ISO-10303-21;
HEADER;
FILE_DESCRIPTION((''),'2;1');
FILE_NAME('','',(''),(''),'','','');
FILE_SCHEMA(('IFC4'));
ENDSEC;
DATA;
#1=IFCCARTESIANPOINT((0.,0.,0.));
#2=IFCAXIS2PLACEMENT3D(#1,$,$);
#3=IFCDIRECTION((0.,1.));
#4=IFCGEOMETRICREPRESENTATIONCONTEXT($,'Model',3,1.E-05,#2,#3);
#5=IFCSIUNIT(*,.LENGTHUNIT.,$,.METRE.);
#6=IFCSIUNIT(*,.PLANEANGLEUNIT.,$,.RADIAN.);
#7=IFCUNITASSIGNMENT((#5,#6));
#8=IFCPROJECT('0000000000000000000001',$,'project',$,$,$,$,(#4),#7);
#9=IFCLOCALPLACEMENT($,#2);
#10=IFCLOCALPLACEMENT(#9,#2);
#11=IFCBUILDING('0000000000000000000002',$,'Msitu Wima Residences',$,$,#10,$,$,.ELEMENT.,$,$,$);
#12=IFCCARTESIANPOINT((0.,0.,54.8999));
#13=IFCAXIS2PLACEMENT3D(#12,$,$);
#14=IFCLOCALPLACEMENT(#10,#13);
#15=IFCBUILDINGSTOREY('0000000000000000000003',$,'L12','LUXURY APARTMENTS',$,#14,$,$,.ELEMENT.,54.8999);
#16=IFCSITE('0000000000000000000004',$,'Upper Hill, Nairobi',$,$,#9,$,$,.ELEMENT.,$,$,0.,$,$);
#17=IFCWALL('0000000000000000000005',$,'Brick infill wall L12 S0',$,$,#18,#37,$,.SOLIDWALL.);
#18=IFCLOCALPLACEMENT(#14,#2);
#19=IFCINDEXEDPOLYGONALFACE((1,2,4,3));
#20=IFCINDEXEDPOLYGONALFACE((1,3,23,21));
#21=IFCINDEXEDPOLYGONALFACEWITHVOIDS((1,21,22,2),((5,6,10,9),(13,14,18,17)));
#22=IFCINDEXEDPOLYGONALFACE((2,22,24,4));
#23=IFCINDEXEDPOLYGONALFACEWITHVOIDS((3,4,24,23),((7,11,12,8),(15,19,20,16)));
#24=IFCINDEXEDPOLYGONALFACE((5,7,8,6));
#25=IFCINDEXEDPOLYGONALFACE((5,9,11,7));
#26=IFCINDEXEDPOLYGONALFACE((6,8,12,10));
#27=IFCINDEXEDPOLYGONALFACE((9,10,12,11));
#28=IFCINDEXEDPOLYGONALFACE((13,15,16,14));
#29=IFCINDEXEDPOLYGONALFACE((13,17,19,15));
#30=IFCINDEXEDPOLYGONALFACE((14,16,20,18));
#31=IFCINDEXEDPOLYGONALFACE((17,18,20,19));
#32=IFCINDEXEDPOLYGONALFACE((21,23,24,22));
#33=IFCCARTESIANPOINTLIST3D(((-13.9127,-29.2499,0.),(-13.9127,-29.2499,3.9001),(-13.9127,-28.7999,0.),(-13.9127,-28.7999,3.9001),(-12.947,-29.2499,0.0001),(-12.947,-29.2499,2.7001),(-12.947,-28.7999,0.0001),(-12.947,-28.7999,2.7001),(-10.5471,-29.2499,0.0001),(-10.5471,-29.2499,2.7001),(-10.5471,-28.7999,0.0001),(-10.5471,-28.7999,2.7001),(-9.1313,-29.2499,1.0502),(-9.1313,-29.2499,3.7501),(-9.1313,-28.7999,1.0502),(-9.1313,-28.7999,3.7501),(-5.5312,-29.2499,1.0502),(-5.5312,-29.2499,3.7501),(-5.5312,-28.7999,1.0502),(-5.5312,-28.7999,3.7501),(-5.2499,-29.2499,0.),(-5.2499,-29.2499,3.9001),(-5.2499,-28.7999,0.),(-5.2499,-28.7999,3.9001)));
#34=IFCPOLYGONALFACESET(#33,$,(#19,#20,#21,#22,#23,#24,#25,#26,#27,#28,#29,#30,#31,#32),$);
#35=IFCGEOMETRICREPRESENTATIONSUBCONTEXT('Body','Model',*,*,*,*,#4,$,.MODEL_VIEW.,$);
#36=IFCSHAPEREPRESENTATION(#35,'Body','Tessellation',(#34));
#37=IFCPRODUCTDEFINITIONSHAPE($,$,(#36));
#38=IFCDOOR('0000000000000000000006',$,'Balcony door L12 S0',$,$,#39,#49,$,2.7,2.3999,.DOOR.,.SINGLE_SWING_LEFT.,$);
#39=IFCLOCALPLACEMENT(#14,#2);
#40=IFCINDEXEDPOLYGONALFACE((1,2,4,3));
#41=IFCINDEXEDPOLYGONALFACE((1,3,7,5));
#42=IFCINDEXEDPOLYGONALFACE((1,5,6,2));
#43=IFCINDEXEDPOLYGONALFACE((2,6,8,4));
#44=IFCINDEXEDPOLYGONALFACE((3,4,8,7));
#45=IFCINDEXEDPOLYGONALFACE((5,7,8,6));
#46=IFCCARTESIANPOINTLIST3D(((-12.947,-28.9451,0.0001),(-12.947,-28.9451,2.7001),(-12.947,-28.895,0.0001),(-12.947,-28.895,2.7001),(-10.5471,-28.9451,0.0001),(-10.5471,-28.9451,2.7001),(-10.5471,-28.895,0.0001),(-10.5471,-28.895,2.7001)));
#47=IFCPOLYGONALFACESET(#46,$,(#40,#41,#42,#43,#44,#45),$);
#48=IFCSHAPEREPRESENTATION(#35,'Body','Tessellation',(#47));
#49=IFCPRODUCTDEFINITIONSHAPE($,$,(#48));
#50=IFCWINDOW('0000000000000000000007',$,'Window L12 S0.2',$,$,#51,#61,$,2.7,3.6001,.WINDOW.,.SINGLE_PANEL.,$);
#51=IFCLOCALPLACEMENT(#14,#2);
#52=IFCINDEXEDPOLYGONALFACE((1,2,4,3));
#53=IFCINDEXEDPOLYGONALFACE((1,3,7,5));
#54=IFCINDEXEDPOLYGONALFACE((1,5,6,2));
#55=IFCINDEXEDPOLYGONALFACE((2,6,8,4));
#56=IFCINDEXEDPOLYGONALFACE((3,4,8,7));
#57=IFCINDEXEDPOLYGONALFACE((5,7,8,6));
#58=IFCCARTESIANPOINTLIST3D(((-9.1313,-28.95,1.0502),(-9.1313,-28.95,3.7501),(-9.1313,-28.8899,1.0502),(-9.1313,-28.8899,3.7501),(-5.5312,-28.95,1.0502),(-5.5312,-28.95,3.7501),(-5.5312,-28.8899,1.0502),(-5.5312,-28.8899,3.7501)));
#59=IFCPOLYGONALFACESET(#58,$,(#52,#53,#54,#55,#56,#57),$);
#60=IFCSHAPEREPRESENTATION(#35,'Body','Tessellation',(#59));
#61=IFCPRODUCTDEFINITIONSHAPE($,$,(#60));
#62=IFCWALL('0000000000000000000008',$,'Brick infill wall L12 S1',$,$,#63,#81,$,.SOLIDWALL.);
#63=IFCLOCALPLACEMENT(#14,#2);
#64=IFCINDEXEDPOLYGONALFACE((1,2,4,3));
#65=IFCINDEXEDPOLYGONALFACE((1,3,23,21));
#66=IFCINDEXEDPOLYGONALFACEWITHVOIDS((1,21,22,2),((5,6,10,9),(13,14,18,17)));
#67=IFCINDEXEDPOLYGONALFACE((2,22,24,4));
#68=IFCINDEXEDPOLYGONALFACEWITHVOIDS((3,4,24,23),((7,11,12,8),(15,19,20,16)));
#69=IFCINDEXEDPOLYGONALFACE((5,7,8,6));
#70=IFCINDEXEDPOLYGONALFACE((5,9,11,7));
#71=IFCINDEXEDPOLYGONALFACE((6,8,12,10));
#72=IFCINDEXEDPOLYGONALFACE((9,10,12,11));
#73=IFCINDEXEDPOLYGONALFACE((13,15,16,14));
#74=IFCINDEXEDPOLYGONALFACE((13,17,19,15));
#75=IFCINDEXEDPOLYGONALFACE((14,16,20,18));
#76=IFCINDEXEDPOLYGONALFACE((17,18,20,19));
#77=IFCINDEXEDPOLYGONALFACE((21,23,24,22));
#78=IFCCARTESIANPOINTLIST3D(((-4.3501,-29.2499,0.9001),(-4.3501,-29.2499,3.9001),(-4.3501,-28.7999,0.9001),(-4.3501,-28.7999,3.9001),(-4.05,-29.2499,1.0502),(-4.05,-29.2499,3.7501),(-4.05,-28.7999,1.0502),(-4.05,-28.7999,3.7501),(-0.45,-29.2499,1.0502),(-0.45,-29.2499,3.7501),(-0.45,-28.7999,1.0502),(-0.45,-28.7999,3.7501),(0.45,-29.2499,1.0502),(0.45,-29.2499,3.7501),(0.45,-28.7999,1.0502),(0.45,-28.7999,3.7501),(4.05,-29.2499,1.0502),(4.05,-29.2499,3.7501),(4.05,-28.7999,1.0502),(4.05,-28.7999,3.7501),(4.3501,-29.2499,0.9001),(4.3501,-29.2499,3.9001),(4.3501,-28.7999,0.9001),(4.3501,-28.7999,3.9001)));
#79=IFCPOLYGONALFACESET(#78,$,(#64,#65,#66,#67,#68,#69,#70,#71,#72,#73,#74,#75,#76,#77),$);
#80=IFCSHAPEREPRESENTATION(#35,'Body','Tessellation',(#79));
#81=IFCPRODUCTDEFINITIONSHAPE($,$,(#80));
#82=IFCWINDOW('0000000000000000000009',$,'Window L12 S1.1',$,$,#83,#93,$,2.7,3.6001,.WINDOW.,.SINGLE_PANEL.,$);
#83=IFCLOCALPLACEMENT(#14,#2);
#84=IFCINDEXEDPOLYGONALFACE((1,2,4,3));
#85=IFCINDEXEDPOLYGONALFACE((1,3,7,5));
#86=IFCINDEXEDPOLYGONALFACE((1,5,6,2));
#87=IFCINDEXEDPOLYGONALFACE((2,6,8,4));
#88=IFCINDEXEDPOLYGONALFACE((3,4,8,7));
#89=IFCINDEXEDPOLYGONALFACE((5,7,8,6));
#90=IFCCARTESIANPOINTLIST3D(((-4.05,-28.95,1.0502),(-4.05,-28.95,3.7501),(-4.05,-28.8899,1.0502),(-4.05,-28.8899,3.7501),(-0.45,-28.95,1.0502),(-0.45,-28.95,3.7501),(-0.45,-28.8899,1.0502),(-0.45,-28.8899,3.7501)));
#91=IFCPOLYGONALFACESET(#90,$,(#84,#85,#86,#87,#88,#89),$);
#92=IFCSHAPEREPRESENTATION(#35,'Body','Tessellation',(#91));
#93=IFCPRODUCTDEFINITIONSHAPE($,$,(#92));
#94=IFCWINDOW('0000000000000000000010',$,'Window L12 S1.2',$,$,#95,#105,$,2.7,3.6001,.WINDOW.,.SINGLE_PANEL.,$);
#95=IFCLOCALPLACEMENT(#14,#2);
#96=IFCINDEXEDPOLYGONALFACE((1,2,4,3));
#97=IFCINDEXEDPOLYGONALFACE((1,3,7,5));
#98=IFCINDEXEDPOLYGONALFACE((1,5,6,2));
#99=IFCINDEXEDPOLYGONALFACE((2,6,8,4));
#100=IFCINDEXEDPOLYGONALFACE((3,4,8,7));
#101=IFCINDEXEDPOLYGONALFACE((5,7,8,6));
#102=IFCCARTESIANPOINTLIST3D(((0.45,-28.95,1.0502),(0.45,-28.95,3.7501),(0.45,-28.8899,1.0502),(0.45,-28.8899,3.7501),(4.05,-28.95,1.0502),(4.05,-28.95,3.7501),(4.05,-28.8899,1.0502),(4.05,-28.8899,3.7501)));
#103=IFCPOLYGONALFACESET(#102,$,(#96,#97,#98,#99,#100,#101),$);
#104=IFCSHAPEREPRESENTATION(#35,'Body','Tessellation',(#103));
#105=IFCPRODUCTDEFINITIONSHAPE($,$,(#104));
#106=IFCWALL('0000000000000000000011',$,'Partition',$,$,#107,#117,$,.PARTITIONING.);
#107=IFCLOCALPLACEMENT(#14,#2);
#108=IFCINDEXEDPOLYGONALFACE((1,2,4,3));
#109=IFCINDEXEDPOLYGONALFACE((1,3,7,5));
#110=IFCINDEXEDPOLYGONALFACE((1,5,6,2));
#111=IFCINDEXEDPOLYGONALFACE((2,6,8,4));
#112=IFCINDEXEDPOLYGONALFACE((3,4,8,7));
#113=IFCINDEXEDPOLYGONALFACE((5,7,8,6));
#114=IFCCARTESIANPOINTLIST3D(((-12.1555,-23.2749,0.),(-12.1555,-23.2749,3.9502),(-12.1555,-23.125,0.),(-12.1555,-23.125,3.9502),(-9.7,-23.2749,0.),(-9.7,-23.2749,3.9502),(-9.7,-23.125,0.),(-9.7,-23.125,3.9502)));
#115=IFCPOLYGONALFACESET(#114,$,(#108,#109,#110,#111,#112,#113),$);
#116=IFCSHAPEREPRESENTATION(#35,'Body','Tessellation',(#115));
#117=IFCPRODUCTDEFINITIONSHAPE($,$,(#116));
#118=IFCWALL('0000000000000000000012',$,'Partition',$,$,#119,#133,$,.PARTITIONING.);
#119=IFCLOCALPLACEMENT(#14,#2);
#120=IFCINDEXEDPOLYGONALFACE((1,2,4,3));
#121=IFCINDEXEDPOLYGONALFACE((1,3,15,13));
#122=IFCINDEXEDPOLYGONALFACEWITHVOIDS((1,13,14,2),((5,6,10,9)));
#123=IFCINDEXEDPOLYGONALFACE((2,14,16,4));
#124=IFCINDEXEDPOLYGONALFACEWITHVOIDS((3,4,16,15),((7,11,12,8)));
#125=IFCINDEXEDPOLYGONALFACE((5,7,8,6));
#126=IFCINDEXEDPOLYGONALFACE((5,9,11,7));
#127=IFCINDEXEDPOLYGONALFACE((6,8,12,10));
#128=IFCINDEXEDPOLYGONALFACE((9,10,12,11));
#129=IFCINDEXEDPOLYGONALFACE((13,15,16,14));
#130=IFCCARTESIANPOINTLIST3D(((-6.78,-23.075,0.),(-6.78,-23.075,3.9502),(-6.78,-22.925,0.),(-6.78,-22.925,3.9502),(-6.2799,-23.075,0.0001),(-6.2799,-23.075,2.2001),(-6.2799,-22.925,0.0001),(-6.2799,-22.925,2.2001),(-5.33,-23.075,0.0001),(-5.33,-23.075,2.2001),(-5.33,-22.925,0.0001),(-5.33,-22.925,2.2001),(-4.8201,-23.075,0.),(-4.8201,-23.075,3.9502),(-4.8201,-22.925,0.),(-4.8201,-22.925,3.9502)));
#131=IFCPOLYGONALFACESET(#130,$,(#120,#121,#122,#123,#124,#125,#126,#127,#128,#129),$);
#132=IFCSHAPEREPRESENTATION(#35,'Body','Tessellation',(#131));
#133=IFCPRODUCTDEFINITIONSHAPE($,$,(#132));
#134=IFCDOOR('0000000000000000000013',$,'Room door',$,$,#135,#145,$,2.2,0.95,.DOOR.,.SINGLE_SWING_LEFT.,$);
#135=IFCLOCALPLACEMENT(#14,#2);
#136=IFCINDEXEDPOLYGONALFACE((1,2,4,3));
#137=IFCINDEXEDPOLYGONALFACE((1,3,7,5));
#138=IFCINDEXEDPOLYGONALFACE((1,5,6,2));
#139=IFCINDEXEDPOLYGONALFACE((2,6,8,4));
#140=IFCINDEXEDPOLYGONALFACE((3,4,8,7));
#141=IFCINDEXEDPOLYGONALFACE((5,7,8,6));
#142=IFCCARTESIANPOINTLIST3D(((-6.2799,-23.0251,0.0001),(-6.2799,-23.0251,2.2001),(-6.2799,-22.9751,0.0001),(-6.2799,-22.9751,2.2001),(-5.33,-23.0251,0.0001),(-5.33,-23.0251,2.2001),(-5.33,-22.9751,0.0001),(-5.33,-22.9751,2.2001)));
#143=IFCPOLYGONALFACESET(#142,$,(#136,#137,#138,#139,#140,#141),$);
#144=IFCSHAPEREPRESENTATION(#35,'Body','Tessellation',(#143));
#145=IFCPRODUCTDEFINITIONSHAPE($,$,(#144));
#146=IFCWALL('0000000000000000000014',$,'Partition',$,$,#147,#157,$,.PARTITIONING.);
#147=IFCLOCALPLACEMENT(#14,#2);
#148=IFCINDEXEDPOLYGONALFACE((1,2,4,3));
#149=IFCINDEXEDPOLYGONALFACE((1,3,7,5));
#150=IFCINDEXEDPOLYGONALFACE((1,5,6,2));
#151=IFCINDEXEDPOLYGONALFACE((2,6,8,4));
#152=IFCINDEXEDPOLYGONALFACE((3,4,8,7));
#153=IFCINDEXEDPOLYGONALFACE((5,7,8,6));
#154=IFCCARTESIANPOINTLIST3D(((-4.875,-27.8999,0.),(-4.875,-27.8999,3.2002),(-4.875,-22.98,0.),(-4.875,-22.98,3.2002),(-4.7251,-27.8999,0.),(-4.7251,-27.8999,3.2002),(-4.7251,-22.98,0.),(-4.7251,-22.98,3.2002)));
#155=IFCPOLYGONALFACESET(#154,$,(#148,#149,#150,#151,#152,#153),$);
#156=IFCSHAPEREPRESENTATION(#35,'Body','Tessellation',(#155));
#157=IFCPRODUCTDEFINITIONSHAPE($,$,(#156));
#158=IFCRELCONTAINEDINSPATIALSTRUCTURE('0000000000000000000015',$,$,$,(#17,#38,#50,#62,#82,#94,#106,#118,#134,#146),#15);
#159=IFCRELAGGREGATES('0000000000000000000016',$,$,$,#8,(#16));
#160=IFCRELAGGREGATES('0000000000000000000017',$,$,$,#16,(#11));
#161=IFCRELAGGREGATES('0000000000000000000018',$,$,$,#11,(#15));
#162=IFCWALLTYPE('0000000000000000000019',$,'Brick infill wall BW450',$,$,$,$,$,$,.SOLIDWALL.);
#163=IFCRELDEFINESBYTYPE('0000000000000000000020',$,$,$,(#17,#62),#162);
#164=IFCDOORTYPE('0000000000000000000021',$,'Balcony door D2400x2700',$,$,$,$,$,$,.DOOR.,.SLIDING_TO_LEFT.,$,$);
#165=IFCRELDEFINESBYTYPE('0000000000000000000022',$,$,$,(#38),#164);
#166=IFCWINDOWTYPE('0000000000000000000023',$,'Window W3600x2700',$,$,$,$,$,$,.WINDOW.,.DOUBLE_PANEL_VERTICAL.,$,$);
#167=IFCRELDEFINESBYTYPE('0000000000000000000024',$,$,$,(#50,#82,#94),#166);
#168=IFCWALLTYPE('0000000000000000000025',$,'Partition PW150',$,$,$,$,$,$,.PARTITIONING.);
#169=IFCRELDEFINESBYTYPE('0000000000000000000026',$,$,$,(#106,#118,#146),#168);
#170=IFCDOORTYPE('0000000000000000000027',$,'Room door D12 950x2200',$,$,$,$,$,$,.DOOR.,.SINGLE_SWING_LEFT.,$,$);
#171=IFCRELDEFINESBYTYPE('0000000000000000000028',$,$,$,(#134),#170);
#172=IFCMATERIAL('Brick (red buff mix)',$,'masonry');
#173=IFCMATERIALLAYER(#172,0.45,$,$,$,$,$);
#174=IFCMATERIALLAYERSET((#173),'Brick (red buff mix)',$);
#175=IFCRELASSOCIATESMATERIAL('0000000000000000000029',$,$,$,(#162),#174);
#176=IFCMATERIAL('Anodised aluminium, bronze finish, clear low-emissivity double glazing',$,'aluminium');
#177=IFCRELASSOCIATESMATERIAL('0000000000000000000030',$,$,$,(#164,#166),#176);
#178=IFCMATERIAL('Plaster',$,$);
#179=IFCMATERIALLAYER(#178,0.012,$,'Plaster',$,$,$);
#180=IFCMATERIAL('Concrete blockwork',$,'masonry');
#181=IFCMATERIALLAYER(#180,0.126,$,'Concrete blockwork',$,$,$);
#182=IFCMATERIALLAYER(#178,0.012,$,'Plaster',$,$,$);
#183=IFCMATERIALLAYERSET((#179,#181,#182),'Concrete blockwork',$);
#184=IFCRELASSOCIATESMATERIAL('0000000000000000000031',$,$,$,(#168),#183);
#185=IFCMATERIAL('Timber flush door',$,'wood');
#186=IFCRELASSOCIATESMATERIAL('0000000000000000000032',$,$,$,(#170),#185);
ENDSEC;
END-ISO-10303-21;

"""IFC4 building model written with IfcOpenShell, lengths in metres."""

from ifc_helpers import new_model, si_unit, direction, frame, frame_2d, origin, place, context, subcontext, project, spatial, rectangle, extrude, material, layer, layer_set, type_object, element, fill, save


model = new_model("IFC4")

# Units and contexts
model_context = context("Model", 3, precision=1e-05, world=origin(), true_north=direction((0.0, 1.0)))
body_context = subcontext(model_context, "Body", "Model", "MODEL_VIEW")
ifc_project = project(units=[si_unit("LENGTHUNIT", "METRE"), si_unit("PLANEANGLEUNIT", "RADIAN")], contexts=[model_context])

# Site, building, storey
site_placement = place(None, origin())
site = spatial("IfcSite", under=ifc_project, at=site_placement, Name="Upper Hill, Nairobi", CompositionType="ELEMENT", RefElevation=0.0)
building_placement = place(site_placement, origin())
building = spatial("IfcBuilding", under=site, at=building_placement, Name="Msitu Wima Residences", CompositionType="ELEMENT")
storey_placement = place(building_placement, frame((0.0, 0.0, 54.8999)))
storey = spatial("IfcBuildingStorey", under=building, at=storey_placement, Name="L12", Description="LUXURY APARTMENTS", CompositionType="ELEMENT", Elevation=54.8999)

# Wall, openings, door, window
ifc_material_1 = material(Name="Brick (red buff mix)", Category="masonry")
ifc_layer_1 = layer(ifc_material_1, 0.45)
ifc_layer_set_1 = layer_set([ifc_layer_1], Name="Brick (red buff mix)")
wall_type_1 = type_object("IfcWallType", Name="Brick infill wall BW450", PredefinedType="SOLIDWALL", material=ifc_layer_set_1)
wall_1_placement = place(storey_placement, frame((-13.9128, -29.0249, 0.0), z_axis=(0.0, 0.0, 1.0), x_axis=(1.0, 0.0, 0.0)))
wall_1 = element("IfcWall", 1, at=wall_1_placement, inside=storey, type_object=wall_type_1, Name="Brick infill wall L12 S0", PredefinedType="SOLIDWALL", context=body_context, shape_type="SweptSolid", body=[
    extrude(rectangle(XDim=8.6628, YDim=0.45, at=frame_2d((4.3315, 0.0))), origin(), (0.0, 0.0, 1.0), 3.9001),
])
opening_1_placement = place(wall_1_placement, frame((0.9658, 0.0, 0.0)))
opening_1 = element("IfcOpeningElement", 2, at=opening_1_placement, cuts=wall_1, PredefinedType="OPENING", context=body_context, shape_type="SweptSolid", body=[
    extrude(rectangle(XDim=2.3999, YDim=2.7, at=frame_2d((1.2, 1.3501))), frame((0.0, 0.2349, 0.0), z_axis=(0.0, -1.0, 0.0), x_axis=(1.0, 0.0, 0.0)), (0.0, 0.0, 1.0), 0.47),
])
opening_2_placement = place(wall_1_placement, frame((4.7815, 0.0, 1.05)))
opening_2 = element("IfcOpeningElement", 3, at=opening_2_placement, cuts=wall_1, PredefinedType="OPENING", context=body_context, shape_type="SweptSolid", body=[
    extrude(rectangle(XDim=3.6001, YDim=2.7, at=frame_2d((1.8, 1.3501))), frame((0.0, 0.2349, 0.0), z_axis=(0.0, -1.0, 0.0), x_axis=(1.0, 0.0, 0.0)), (0.0, 0.0, 1.0), 0.47),
])
ifc_material_2 = material(Name="Anodised aluminium, bronze finish, clear low-emissivity double glazing", Category="aluminium")
door_type_1 = type_object("IfcDoorType", Name="Balcony door D2400x2700", OperationType="SLIDING_TO_LEFT", PredefinedType="DOOR", material=ifc_material_2)
door_1_placement = place(opening_1_placement, origin())
door_1 = element("IfcDoor", 4, at=door_1_placement, inside=storey, type_object=door_type_1, Name="Balcony door L12 S0", OperationType="SINGLE_SWING_LEFT", OverallHeight=2.7, OverallWidth=2.3999, PredefinedType="DOOR", context=body_context, shape_type="SweptSolid", body=[
    extrude(rectangle(XDim=2.3999, YDim=2.7, at=frame_2d((1.2, 1.3501))), frame((0.0, 0.1299, 0.0), z_axis=(0.0, -1.0, 0.0), x_axis=(1.0, 0.0, 0.0)), (0.0, 0.0, 1.0), 0.05),
])
fill(opening_1, door_1)
window_type = type_object("IfcWindowType", Name="Window W3600x2700", PartitioningType="DOUBLE_PANEL_VERTICAL", PredefinedType="WINDOW", material=ifc_material_2)
window_1_placement = place(opening_2_placement, origin())
window_1 = element("IfcWindow", 5, at=window_1_placement, inside=storey, type_object=window_type, Name="Window L12 S0.2", OverallHeight=2.7, OverallWidth=3.6001, PartitioningType="SINGLE_PANEL", PredefinedType="WINDOW", context=body_context, shape_type="SweptSolid", body=[
    extrude(rectangle(XDim=3.6001, YDim=2.7, at=frame_2d((1.8, 1.3501))), frame((0.0, 0.135, 0.0), z_axis=(0.0, -1.0, 0.0), x_axis=(1.0, 0.0, 0.0)), (0.0, 0.0, 1.0), 0.0601),
])
fill(opening_2, window_1)

# Wall, openings, windows
wall_2_placement = place(storey_placement, frame((-4.3501, -29.0249, 0.9001), z_axis=(0.0, 0.0, 1.0), x_axis=(1.0, 0.0, 0.0)))
wall_2 = element("IfcWall", 6, at=wall_2_placement, inside=storey, type_object=wall_type_1, Name="Brick infill wall L12 S1", PredefinedType="SOLIDWALL", context=body_context, shape_type="SweptSolid", body=[
    extrude(rectangle(XDim=8.7002, YDim=0.45, at=frame_2d((4.3501, 0.0))), origin(), (0.0, 0.0, 1.0), 3.0),
])
opening_3_placement = place(wall_2_placement, frame((0.3, 0.0, 0.1499)))
opening_3 = element("IfcOpeningElement", 7, at=opening_3_placement, cuts=wall_2, PredefinedType="OPENING", context=body_context, shape_type="SweptSolid", body=[
    extrude(rectangle(XDim=3.6001, YDim=2.7, at=frame_2d((1.8, 1.3501))), frame((0.0, 0.2349, 0.0), z_axis=(0.0, -1.0, 0.0), x_axis=(1.0, 0.0, 0.0)), (0.0, 0.0, 1.0), 0.47),
])
opening_4_placement = place(wall_2_placement, frame((4.8, 0.0, 0.1499)))
opening_4 = element("IfcOpeningElement", 8, at=opening_4_placement, cuts=wall_2, PredefinedType="OPENING", context=body_context, shape_type="SweptSolid", body=[
    extrude(rectangle(XDim=3.6001, YDim=2.7, at=frame_2d((1.8, 1.3501))), frame((0.0, 0.2349, 0.0), z_axis=(0.0, -1.0, 0.0), x_axis=(1.0, 0.0, 0.0)), (0.0, 0.0, 1.0), 0.47),
])
window_2_placement = place(opening_3_placement, origin())
window_2 = element("IfcWindow", 9, at=window_2_placement, inside=storey, type_object=window_type, Name="Window L12 S1.1", OverallHeight=2.7, OverallWidth=3.6001, PartitioningType="SINGLE_PANEL", PredefinedType="WINDOW", context=body_context, shape_type="SweptSolid", body=[
    extrude(rectangle(XDim=3.6001, YDim=2.7, at=frame_2d((1.8, 1.3501))), frame((0.0, 0.135, 0.0), z_axis=(0.0, -1.0, 0.0), x_axis=(1.0, 0.0, 0.0)), (0.0, 0.0, 1.0), 0.0601),
])
fill(opening_3, window_2)
window_3_placement = place(opening_4_placement, origin())
window_3 = element("IfcWindow", 10, at=window_3_placement, inside=storey, type_object=window_type, Name="Window L12 S1.2", OverallHeight=2.7, OverallWidth=3.6001, PartitioningType="SINGLE_PANEL", PredefinedType="WINDOW", context=body_context, shape_type="SweptSolid", body=[
    extrude(rectangle(XDim=3.6001, YDim=2.7, at=frame_2d((1.8, 1.3501))), frame((0.0, 0.135, 0.0), z_axis=(0.0, -1.0, 0.0), x_axis=(1.0, 0.0, 0.0)), (0.0, 0.0, 1.0), 0.0601),
])
fill(opening_4, window_3)

# Wall
ifc_material_3 = material(Name="Plaster")
ifc_layer_2 = layer(ifc_material_3, 0.012, Name="Plaster")
ifc_material_4 = material(Name="Concrete blockwork", Category="masonry")
ifc_layer_3 = layer(ifc_material_4, 0.126, Name="Concrete blockwork")
ifc_layer_4 = layer(ifc_material_3, 0.012, Name="Plaster")
ifc_layer_set_2 = layer_set([ifc_layer_2, ifc_layer_3, ifc_layer_4], Name="Concrete blockwork")
wall_type_2 = type_object("IfcWallType", Name="Partition PW150", PredefinedType="PARTITIONING", material=ifc_layer_set_2)
wall_3_placement = place(storey_placement, frame((-12.1555, -23.2, 0.0), z_axis=(0.0, 0.0, 1.0), x_axis=(1.0, 0.0, 0.0)))
element("IfcWall", 11, at=wall_3_placement, inside=storey, type_object=wall_type_2, Name="Partition", PredefinedType="PARTITIONING", context=body_context, shape_type="SweptSolid", body=[
    extrude(rectangle(XDim=2.4556, YDim=0.1499, at=frame_2d((1.2278, 0.0))), origin(), (0.0, 0.0, 1.0), 3.9502),
])

# Wall, opening, door
wall_4_placement = place(storey_placement, frame((-6.78, -23.0, 0.0), z_axis=(0.0, 0.0, 1.0), x_axis=(1.0, 0.0, 0.0)))
wall_4 = element("IfcWall", 12, at=wall_4_placement, inside=storey, type_object=wall_type_2, Name="Partition", PredefinedType="PARTITIONING", context=body_context, shape_type="SweptSolid", body=[
    extrude(rectangle(XDim=1.96, YDim=0.1499, at=frame_2d((0.98, 0.0))), origin(), (0.0, 0.0, 1.0), 3.9502),
])
opening_5_placement = place(wall_4_placement, frame((0.5, 0.0, 0.0)))
opening_5 = element("IfcOpeningElement", 13, at=opening_5_placement, cuts=wall_4, PredefinedType="OPENING", context=body_context, shape_type="SweptSolid", body=[
    extrude(rectangle(XDim=0.95, YDim=2.2, at=frame_2d((0.4751, 1.1001))), frame((0.0, 0.085, 0.0), z_axis=(0.0, -1.0, 0.0), x_axis=(1.0, 0.0, 0.0)), (0.0, 0.0, 1.0), 0.1699),
])
ifc_material_5 = material(Name="Timber flush door", Category="wood")
door_type_2 = type_object("IfcDoorType", Name="Room door D12 950x2200", OperationType="SINGLE_SWING_LEFT", PredefinedType="DOOR", material=ifc_material_5)
door_2_placement = place(opening_5_placement, origin())
door_2 = element("IfcDoor", 14, at=door_2_placement, inside=storey, type_object=door_type_2, Name="Room door", OperationType="SINGLE_SWING_LEFT", OverallHeight=2.2, OverallWidth=0.95, PredefinedType="DOOR", context=body_context, shape_type="SweptSolid", body=[
    extrude(rectangle(XDim=0.95, YDim=2.2, at=frame_2d((0.4751, 1.1001))), frame((0.0, 0.0249, 0.0), z_axis=(0.0, -1.0, 0.0), x_axis=(1.0, 0.0, 0.0)), (0.0, 0.0, 1.0), 0.05),
])
fill(opening_5, door_2)

# Wall
wall_5_placement = place(storey_placement, frame((-4.8, -27.8999, 0.0), z_axis=(0.0, 0.0, 1.0), x_axis=(0.0, 1.0, 0.0)))
element("IfcWall", 15, at=wall_5_placement, inside=storey, type_object=wall_type_2, Name="Partition", PredefinedType="PARTITIONING", context=body_context, shape_type="SweptSolid", body=[
    extrude(rectangle(XDim=4.9199, YDim=0.1499, at=frame_2d((2.46, 0.0))), origin(), (0.0, 0.0, 1.0), 3.2002),
])

save(model, "model.ifc")
